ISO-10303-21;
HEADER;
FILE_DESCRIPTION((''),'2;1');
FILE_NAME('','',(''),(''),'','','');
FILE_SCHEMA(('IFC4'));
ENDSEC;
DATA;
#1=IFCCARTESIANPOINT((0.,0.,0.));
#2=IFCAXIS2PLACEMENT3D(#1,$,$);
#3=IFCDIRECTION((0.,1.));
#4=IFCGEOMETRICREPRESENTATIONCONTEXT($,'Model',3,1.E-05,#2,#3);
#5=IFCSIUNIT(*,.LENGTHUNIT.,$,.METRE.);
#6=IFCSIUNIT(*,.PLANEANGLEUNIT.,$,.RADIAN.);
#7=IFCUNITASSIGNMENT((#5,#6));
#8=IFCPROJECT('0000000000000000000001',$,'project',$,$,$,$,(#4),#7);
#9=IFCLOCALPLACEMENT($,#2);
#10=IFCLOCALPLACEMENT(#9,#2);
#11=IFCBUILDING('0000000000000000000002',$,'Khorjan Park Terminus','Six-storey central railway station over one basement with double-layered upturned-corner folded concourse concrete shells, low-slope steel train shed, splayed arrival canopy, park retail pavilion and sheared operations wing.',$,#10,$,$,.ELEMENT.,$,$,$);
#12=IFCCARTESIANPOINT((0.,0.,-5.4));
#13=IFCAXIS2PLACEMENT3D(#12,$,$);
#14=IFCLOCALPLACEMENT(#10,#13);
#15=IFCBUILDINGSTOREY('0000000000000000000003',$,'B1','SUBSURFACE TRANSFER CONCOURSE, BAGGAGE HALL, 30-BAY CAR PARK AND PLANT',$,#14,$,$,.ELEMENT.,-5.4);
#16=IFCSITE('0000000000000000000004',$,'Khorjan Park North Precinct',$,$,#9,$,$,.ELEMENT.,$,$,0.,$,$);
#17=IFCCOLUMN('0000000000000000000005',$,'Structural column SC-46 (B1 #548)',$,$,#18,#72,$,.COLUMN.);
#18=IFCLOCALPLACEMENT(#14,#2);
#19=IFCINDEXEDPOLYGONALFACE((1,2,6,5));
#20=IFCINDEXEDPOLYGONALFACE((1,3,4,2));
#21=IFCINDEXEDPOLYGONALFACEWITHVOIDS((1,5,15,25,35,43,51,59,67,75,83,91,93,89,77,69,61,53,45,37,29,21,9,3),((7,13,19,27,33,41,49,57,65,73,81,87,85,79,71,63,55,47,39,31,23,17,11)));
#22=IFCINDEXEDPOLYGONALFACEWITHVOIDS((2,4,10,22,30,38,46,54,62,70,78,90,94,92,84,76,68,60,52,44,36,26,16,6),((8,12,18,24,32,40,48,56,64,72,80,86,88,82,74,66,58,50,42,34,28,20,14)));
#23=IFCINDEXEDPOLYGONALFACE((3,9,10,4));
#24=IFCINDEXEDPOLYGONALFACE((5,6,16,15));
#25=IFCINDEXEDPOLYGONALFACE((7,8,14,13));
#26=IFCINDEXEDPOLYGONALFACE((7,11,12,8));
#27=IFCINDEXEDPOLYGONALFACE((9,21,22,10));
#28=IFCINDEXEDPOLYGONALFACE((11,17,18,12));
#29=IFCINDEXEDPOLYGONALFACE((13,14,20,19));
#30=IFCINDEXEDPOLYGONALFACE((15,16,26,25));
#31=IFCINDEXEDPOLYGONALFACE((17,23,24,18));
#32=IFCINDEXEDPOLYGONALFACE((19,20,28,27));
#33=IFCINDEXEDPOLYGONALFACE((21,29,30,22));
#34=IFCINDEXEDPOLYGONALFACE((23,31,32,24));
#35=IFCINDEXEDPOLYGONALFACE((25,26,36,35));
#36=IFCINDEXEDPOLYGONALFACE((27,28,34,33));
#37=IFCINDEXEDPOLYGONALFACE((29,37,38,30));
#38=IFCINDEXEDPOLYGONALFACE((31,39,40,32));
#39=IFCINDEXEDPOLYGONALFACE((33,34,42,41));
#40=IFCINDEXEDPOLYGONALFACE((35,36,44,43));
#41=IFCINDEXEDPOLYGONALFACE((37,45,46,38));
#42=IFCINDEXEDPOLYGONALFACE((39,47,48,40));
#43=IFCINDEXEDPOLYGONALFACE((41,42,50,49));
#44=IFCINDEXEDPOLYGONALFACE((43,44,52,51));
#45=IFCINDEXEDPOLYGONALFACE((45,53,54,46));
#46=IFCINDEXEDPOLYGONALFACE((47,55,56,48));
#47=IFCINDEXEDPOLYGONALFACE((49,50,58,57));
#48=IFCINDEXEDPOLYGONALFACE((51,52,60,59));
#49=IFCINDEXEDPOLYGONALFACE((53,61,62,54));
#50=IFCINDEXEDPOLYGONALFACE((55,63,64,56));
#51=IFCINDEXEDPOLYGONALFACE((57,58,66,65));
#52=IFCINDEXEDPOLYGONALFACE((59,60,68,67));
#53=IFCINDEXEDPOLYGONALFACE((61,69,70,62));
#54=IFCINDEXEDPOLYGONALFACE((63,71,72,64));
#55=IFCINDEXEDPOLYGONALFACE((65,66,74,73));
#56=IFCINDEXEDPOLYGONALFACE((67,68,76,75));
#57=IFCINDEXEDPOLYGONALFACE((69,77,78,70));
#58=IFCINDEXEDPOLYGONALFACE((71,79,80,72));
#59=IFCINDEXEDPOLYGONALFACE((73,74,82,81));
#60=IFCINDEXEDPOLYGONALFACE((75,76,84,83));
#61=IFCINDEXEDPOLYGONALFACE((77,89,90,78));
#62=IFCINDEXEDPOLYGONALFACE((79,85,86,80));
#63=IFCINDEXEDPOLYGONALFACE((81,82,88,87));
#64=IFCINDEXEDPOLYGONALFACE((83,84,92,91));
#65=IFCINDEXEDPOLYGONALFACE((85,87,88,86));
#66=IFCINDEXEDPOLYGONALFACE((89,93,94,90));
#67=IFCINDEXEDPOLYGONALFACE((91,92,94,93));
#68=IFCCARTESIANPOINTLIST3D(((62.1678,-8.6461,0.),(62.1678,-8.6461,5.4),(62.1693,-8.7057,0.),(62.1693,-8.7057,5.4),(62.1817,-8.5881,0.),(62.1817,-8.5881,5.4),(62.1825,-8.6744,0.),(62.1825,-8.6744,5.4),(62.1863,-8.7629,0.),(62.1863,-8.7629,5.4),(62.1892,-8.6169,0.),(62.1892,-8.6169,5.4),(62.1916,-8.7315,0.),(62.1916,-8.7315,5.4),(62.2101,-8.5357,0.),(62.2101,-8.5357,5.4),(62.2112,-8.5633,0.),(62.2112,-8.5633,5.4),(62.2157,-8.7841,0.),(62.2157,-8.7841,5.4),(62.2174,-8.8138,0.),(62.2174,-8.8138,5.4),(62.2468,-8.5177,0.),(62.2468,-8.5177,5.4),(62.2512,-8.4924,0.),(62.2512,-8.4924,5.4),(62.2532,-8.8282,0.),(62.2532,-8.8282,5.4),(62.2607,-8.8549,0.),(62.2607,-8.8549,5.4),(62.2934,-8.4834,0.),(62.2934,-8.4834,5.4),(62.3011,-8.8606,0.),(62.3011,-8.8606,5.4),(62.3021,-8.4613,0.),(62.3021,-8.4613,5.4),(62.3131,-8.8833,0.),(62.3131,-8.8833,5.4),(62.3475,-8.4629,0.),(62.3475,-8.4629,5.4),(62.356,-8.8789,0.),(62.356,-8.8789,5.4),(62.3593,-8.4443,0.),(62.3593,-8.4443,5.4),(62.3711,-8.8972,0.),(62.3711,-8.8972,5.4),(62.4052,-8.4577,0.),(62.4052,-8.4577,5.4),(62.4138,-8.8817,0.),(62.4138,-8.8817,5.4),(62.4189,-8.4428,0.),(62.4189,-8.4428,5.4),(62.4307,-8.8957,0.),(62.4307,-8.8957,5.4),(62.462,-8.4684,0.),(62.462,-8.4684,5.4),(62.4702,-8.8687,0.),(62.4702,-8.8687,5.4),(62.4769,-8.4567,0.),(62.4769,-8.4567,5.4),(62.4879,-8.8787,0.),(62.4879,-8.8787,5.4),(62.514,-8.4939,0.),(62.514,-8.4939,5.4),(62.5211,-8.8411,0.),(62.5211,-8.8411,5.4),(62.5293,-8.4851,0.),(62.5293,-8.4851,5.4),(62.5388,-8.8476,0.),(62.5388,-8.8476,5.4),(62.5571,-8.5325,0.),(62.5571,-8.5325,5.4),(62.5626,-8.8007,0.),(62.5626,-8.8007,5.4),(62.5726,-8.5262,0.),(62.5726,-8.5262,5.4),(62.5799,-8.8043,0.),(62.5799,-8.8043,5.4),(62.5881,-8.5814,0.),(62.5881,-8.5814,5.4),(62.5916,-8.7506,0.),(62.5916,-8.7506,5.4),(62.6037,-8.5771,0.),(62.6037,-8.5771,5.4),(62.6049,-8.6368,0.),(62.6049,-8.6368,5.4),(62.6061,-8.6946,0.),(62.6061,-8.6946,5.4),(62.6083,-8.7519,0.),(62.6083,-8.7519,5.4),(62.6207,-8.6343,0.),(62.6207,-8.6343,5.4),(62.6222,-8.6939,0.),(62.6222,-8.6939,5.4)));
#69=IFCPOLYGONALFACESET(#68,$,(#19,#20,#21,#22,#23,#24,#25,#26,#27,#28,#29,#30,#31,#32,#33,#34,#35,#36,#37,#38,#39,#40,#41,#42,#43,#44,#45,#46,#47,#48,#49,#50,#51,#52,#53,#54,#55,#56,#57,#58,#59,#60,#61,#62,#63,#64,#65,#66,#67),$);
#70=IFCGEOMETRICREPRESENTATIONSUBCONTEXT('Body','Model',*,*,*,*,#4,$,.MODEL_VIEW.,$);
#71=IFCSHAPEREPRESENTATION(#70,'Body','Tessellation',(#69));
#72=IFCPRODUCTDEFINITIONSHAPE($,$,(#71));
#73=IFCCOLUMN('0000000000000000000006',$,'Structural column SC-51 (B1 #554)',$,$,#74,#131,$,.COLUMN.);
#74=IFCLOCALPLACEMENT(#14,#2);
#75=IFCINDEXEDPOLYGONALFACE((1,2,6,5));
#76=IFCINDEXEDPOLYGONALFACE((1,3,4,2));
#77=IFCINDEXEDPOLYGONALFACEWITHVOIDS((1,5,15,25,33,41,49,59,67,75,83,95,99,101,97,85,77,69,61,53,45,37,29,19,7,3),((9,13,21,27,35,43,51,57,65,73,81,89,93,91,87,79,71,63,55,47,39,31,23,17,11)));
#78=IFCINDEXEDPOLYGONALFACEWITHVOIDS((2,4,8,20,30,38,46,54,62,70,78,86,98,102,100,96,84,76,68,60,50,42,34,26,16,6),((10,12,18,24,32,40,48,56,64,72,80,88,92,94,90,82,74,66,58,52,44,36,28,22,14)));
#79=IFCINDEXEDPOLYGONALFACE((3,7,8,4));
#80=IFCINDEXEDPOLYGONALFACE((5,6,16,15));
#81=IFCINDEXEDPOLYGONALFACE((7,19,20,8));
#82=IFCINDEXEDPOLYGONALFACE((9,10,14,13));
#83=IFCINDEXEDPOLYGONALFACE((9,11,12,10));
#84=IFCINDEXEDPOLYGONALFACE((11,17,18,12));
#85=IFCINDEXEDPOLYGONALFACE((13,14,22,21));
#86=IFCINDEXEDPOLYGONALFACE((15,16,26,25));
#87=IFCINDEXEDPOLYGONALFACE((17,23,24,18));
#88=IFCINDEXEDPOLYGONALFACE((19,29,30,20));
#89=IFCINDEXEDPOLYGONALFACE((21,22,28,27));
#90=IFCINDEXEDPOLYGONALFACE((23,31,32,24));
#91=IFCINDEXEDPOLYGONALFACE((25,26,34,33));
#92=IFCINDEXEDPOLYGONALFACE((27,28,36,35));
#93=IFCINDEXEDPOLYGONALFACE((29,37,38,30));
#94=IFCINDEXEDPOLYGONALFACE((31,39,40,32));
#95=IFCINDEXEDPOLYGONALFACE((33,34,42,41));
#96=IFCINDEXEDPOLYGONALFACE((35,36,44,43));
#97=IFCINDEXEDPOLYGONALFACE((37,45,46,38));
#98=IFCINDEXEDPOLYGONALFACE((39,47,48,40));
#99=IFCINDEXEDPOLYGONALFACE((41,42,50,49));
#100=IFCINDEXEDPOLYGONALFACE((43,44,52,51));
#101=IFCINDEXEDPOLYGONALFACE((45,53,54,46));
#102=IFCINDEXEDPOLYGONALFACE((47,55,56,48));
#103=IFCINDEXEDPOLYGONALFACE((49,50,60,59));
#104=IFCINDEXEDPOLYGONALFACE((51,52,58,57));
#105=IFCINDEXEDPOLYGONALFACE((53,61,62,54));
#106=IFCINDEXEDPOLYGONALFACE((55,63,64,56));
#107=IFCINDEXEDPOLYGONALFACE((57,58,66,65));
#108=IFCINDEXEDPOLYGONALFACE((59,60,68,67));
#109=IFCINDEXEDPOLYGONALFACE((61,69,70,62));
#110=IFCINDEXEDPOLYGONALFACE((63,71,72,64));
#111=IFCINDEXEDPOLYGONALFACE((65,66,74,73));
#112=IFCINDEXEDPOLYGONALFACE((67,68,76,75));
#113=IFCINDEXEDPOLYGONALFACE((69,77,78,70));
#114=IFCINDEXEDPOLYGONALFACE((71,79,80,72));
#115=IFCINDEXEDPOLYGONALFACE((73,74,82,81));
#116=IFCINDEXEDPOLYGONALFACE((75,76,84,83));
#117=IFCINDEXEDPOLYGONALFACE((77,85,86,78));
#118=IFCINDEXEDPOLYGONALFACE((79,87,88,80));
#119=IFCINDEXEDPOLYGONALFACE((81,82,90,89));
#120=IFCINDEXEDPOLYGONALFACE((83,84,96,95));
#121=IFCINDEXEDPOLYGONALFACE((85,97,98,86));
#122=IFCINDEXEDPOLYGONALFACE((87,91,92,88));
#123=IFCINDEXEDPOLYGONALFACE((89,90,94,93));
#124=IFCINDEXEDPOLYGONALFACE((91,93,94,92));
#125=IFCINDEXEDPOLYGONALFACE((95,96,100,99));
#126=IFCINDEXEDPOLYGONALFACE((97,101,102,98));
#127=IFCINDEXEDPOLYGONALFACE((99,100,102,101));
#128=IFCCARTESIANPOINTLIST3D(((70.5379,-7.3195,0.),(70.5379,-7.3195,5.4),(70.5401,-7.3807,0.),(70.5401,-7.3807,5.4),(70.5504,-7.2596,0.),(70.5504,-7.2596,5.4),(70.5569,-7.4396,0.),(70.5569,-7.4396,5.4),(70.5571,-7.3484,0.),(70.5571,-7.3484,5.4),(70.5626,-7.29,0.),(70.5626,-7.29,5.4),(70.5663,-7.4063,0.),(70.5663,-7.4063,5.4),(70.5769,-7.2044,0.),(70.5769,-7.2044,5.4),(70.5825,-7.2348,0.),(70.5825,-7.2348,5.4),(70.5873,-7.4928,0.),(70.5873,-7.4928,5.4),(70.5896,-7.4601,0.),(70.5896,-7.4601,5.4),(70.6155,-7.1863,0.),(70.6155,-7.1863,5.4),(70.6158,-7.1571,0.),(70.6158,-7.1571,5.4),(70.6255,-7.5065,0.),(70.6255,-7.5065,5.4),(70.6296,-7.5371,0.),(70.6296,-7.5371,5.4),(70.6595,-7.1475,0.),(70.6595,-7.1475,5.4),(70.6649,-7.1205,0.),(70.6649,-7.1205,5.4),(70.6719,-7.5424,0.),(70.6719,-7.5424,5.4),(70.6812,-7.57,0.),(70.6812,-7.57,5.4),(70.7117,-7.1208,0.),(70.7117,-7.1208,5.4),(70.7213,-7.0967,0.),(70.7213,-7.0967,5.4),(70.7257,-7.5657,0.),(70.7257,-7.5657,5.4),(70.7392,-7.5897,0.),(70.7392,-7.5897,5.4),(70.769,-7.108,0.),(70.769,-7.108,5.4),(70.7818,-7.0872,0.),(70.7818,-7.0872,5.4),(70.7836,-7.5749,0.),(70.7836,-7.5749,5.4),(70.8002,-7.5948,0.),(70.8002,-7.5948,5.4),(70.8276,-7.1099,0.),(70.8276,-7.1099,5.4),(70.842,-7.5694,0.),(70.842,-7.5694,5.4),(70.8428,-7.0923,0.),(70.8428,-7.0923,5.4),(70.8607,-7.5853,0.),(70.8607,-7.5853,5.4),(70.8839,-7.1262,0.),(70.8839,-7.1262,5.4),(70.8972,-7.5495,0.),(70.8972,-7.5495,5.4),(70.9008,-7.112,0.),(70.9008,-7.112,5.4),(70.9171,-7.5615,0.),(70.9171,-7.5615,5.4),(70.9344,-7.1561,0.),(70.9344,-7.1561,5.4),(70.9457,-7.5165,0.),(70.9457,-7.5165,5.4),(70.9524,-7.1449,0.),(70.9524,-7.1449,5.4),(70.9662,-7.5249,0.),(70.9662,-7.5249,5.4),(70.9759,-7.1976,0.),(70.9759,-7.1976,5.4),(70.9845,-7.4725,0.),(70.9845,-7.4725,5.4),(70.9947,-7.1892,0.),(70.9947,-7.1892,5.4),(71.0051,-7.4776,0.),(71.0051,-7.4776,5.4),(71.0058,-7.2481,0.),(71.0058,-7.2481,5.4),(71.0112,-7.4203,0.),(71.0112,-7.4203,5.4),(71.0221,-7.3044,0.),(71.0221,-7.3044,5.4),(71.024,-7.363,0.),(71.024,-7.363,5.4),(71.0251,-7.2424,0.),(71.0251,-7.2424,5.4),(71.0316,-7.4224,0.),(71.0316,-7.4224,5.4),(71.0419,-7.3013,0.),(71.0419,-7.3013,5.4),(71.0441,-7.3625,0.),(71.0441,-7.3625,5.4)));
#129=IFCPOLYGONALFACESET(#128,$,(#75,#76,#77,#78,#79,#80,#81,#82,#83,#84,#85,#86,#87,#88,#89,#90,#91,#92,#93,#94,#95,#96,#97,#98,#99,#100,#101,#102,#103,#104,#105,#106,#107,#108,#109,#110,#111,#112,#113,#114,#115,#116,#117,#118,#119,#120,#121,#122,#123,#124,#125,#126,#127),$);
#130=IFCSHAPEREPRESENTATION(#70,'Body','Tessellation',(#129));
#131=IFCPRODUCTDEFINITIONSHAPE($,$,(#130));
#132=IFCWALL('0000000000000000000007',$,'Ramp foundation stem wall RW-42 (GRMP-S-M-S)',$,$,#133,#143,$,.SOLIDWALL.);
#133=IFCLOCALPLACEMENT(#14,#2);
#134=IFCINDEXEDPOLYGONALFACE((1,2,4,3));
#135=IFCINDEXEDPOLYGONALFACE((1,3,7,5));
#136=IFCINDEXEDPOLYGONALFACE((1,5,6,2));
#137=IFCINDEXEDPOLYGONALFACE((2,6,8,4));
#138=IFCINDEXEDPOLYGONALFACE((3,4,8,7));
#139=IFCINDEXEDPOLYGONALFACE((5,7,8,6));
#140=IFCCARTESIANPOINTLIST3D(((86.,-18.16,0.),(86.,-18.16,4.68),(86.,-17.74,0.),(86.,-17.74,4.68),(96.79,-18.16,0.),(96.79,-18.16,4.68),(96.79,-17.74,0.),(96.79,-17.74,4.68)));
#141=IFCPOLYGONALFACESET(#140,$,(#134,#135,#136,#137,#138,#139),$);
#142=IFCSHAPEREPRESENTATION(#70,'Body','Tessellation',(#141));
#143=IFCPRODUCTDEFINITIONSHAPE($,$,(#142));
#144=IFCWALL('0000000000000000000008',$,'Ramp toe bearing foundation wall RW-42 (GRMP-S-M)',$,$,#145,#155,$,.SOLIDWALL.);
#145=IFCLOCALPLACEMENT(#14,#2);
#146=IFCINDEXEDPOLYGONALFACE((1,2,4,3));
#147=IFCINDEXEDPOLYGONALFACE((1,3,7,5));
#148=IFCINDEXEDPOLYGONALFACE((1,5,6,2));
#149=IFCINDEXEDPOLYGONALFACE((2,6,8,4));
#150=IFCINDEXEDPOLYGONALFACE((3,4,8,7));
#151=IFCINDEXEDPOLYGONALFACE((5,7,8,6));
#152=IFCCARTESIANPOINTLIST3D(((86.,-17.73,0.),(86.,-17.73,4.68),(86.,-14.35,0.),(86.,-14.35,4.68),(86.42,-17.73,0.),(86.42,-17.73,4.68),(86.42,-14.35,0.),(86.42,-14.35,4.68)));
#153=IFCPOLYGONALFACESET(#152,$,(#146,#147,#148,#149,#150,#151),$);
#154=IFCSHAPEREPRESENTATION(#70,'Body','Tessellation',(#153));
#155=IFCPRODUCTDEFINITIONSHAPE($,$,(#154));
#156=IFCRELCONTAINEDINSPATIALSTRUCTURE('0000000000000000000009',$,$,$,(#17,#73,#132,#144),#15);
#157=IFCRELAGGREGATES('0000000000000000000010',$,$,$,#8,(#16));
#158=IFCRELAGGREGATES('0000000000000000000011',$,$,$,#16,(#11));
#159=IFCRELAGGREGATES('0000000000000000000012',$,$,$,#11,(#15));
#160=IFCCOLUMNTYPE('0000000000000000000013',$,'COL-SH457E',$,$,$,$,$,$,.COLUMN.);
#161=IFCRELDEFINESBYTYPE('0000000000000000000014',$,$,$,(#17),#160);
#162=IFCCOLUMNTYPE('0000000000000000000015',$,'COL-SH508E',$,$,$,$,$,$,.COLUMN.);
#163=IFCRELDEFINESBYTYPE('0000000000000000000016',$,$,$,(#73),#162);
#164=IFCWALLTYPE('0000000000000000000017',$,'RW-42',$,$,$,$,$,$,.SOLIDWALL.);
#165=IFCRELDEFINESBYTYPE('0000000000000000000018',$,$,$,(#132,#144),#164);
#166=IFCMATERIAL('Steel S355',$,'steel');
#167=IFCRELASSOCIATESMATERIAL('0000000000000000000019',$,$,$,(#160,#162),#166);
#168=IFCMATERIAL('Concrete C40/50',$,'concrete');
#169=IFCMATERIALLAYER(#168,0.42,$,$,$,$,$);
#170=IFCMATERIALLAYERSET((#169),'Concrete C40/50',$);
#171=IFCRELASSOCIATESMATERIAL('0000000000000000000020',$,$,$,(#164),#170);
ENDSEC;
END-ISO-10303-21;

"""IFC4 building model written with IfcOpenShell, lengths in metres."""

from ifc_helpers import new_model, si_unit, direction, frame, frame_2d, origin, origin_2d, place, context, subcontext, project, spatial, rectangle, hollow_circle, extrude, material, layer, layer_set, material_profile, profile_set, type_object, element, save


model = new_model("IFC4")

# Units and contexts
model_context = context("Model", 3, precision=1e-05, world=origin(), true_north=direction((0.0, 1.0)))
body_context = subcontext(model_context, "Body", "Model", "MODEL_VIEW")
ifc_project = project(units=[si_unit("LENGTHUNIT", "METRE"), si_unit("PLANEANGLEUNIT", "RADIAN")], contexts=[model_context])

# Site, building, storey
site_placement = place(None, origin())
site = spatial("IfcSite", under=ifc_project, at=site_placement, Name="Khorjan Park North Precinct", CompositionType="ELEMENT", RefElevation=0.0)
building_placement = place(site_placement, origin())
building = spatial("IfcBuilding", under=site, at=building_placement, Name="Khorjan Park Terminus", Description="Six-storey central railway station over one basement with double-layered upturned-corner folded concourse concrete shells, low-slope steel train shed, splayed arrival canopy, park retail pavilion and sheared operations wing.", CompositionType="ELEMENT")
storey_placement = place(building_placement, frame((0.0, 0.0, -5.4)))
storey = spatial("IfcBuildingStorey", under=building, at=storey_placement, Name="B1", Description="SUBSURFACE TRANSFER CONCOURSE, BAGGAGE HALL, 30-BAY CAR PARK AND PLANT", CompositionType="ELEMENT", Elevation=-5.4)

# Shared definitions
ifc_material_1 = material(Name="Concrete C40/50", Category="concrete")

# Columns
ifc_material_2 = material(Name="Steel S355", Category="steel")
ifc_material_profile_1 = material_profile(ifc_material_2, hollow_circle(Radius=0.2285, WallThickness=0.016, at=origin_2d()), Name="CHS 457x16")
ifc_profile_set_1 = profile_set([ifc_material_profile_1], Name="Steel S355")
column_type_1 = type_object("IfcColumnType", Name="COL-SH457E", PredefinedType="COLUMN", material=ifc_profile_set_1)
column_1_placement = place(storey_placement, frame((62.395, -8.67, 0.0), z_axis=(0.0, 0.0, 1.0), x_axis=(0.987688, 0.156434, 0.0)))
element("IfcColumn", 1, at=column_1_placement, inside=storey, type_object=column_type_1, Name="Structural column SC-46 (B1 #548)", PredefinedType="COLUMN", context=body_context, shape_type="SweptSolid", body=[
    extrude(hollow_circle(Radius=0.2285, WallThickness=0.016, at=origin_2d()), origin(), (0.0, 0.0, 1.0), 5.4),
])
ifc_material_profile_2 = material_profile(ifc_material_2, hollow_circle(Radius=0.254, WallThickness=0.02, at=origin_2d()), Name="CHS 508x20")
ifc_profile_set_2 = profile_set([ifc_material_profile_2], Name="Steel S355")
column_type_2 = type_object("IfcColumnType", Name="COL-SH508E", PredefinedType="COLUMN", material=ifc_profile_set_2)
column_2_placement = place(storey_placement, frame((70.791, -7.341, 0.0), z_axis=(0.0, 0.0, 1.0), x_axis=(0.987688, 0.156434, 0.0)))
element("IfcColumn", 2, at=column_2_placement, inside=storey, type_object=column_type_2, Name="Structural column SC-51 (B1 #554)", PredefinedType="COLUMN", context=body_context, shape_type="SweptSolid", body=[
    extrude(hollow_circle(Radius=0.254, WallThickness=0.02, at=origin_2d()), origin(), (0.0, 0.0, 1.0), 5.4),
])

# Walls
ifc_layer = layer(ifc_material_1, 0.42)
ifc_layer_set = layer_set([ifc_layer], Name="Concrete C40/50")
wall_type = type_object("IfcWallType", Name="RW-42", PredefinedType="SOLIDWALL", material=ifc_layer_set)
wall_1_placement = place(storey_placement, frame((86.0, -17.95, 0.0), z_axis=(0.0, 0.0, 1.0), x_axis=(1.0, 0.0, 0.0)))
element("IfcWall", 3, at=wall_1_placement, inside=storey, type_object=wall_type, Name="Ramp foundation stem wall RW-42 (GRMP-S-M-S)", PredefinedType="SOLIDWALL", context=body_context, shape_type="SweptSolid", body=[
    extrude(rectangle(XDim=10.79, YDim=0.42, at=frame_2d((5.395, 0.0))), origin(), (0.0, 0.0, 1.0), 4.68),
])
wall_2_placement = place(storey_placement, frame((86.21, -17.73, 0.0), z_axis=(0.0, 0.0, 1.0), x_axis=(0.0, 1.0, 0.0)))
element("IfcWall", 4, at=wall_2_placement, inside=storey, type_object=wall_type, Name="Ramp toe bearing foundation wall RW-42 (GRMP-S-M)", PredefinedType="SOLIDWALL", context=body_context, shape_type="SweptSolid", body=[
    extrude(rectangle(XDim=3.38, YDim=0.42, at=frame_2d((1.69, 0.0))), origin(), (0.0, 0.0, 1.0), 4.68),
])

save(model, "model.ifc")
